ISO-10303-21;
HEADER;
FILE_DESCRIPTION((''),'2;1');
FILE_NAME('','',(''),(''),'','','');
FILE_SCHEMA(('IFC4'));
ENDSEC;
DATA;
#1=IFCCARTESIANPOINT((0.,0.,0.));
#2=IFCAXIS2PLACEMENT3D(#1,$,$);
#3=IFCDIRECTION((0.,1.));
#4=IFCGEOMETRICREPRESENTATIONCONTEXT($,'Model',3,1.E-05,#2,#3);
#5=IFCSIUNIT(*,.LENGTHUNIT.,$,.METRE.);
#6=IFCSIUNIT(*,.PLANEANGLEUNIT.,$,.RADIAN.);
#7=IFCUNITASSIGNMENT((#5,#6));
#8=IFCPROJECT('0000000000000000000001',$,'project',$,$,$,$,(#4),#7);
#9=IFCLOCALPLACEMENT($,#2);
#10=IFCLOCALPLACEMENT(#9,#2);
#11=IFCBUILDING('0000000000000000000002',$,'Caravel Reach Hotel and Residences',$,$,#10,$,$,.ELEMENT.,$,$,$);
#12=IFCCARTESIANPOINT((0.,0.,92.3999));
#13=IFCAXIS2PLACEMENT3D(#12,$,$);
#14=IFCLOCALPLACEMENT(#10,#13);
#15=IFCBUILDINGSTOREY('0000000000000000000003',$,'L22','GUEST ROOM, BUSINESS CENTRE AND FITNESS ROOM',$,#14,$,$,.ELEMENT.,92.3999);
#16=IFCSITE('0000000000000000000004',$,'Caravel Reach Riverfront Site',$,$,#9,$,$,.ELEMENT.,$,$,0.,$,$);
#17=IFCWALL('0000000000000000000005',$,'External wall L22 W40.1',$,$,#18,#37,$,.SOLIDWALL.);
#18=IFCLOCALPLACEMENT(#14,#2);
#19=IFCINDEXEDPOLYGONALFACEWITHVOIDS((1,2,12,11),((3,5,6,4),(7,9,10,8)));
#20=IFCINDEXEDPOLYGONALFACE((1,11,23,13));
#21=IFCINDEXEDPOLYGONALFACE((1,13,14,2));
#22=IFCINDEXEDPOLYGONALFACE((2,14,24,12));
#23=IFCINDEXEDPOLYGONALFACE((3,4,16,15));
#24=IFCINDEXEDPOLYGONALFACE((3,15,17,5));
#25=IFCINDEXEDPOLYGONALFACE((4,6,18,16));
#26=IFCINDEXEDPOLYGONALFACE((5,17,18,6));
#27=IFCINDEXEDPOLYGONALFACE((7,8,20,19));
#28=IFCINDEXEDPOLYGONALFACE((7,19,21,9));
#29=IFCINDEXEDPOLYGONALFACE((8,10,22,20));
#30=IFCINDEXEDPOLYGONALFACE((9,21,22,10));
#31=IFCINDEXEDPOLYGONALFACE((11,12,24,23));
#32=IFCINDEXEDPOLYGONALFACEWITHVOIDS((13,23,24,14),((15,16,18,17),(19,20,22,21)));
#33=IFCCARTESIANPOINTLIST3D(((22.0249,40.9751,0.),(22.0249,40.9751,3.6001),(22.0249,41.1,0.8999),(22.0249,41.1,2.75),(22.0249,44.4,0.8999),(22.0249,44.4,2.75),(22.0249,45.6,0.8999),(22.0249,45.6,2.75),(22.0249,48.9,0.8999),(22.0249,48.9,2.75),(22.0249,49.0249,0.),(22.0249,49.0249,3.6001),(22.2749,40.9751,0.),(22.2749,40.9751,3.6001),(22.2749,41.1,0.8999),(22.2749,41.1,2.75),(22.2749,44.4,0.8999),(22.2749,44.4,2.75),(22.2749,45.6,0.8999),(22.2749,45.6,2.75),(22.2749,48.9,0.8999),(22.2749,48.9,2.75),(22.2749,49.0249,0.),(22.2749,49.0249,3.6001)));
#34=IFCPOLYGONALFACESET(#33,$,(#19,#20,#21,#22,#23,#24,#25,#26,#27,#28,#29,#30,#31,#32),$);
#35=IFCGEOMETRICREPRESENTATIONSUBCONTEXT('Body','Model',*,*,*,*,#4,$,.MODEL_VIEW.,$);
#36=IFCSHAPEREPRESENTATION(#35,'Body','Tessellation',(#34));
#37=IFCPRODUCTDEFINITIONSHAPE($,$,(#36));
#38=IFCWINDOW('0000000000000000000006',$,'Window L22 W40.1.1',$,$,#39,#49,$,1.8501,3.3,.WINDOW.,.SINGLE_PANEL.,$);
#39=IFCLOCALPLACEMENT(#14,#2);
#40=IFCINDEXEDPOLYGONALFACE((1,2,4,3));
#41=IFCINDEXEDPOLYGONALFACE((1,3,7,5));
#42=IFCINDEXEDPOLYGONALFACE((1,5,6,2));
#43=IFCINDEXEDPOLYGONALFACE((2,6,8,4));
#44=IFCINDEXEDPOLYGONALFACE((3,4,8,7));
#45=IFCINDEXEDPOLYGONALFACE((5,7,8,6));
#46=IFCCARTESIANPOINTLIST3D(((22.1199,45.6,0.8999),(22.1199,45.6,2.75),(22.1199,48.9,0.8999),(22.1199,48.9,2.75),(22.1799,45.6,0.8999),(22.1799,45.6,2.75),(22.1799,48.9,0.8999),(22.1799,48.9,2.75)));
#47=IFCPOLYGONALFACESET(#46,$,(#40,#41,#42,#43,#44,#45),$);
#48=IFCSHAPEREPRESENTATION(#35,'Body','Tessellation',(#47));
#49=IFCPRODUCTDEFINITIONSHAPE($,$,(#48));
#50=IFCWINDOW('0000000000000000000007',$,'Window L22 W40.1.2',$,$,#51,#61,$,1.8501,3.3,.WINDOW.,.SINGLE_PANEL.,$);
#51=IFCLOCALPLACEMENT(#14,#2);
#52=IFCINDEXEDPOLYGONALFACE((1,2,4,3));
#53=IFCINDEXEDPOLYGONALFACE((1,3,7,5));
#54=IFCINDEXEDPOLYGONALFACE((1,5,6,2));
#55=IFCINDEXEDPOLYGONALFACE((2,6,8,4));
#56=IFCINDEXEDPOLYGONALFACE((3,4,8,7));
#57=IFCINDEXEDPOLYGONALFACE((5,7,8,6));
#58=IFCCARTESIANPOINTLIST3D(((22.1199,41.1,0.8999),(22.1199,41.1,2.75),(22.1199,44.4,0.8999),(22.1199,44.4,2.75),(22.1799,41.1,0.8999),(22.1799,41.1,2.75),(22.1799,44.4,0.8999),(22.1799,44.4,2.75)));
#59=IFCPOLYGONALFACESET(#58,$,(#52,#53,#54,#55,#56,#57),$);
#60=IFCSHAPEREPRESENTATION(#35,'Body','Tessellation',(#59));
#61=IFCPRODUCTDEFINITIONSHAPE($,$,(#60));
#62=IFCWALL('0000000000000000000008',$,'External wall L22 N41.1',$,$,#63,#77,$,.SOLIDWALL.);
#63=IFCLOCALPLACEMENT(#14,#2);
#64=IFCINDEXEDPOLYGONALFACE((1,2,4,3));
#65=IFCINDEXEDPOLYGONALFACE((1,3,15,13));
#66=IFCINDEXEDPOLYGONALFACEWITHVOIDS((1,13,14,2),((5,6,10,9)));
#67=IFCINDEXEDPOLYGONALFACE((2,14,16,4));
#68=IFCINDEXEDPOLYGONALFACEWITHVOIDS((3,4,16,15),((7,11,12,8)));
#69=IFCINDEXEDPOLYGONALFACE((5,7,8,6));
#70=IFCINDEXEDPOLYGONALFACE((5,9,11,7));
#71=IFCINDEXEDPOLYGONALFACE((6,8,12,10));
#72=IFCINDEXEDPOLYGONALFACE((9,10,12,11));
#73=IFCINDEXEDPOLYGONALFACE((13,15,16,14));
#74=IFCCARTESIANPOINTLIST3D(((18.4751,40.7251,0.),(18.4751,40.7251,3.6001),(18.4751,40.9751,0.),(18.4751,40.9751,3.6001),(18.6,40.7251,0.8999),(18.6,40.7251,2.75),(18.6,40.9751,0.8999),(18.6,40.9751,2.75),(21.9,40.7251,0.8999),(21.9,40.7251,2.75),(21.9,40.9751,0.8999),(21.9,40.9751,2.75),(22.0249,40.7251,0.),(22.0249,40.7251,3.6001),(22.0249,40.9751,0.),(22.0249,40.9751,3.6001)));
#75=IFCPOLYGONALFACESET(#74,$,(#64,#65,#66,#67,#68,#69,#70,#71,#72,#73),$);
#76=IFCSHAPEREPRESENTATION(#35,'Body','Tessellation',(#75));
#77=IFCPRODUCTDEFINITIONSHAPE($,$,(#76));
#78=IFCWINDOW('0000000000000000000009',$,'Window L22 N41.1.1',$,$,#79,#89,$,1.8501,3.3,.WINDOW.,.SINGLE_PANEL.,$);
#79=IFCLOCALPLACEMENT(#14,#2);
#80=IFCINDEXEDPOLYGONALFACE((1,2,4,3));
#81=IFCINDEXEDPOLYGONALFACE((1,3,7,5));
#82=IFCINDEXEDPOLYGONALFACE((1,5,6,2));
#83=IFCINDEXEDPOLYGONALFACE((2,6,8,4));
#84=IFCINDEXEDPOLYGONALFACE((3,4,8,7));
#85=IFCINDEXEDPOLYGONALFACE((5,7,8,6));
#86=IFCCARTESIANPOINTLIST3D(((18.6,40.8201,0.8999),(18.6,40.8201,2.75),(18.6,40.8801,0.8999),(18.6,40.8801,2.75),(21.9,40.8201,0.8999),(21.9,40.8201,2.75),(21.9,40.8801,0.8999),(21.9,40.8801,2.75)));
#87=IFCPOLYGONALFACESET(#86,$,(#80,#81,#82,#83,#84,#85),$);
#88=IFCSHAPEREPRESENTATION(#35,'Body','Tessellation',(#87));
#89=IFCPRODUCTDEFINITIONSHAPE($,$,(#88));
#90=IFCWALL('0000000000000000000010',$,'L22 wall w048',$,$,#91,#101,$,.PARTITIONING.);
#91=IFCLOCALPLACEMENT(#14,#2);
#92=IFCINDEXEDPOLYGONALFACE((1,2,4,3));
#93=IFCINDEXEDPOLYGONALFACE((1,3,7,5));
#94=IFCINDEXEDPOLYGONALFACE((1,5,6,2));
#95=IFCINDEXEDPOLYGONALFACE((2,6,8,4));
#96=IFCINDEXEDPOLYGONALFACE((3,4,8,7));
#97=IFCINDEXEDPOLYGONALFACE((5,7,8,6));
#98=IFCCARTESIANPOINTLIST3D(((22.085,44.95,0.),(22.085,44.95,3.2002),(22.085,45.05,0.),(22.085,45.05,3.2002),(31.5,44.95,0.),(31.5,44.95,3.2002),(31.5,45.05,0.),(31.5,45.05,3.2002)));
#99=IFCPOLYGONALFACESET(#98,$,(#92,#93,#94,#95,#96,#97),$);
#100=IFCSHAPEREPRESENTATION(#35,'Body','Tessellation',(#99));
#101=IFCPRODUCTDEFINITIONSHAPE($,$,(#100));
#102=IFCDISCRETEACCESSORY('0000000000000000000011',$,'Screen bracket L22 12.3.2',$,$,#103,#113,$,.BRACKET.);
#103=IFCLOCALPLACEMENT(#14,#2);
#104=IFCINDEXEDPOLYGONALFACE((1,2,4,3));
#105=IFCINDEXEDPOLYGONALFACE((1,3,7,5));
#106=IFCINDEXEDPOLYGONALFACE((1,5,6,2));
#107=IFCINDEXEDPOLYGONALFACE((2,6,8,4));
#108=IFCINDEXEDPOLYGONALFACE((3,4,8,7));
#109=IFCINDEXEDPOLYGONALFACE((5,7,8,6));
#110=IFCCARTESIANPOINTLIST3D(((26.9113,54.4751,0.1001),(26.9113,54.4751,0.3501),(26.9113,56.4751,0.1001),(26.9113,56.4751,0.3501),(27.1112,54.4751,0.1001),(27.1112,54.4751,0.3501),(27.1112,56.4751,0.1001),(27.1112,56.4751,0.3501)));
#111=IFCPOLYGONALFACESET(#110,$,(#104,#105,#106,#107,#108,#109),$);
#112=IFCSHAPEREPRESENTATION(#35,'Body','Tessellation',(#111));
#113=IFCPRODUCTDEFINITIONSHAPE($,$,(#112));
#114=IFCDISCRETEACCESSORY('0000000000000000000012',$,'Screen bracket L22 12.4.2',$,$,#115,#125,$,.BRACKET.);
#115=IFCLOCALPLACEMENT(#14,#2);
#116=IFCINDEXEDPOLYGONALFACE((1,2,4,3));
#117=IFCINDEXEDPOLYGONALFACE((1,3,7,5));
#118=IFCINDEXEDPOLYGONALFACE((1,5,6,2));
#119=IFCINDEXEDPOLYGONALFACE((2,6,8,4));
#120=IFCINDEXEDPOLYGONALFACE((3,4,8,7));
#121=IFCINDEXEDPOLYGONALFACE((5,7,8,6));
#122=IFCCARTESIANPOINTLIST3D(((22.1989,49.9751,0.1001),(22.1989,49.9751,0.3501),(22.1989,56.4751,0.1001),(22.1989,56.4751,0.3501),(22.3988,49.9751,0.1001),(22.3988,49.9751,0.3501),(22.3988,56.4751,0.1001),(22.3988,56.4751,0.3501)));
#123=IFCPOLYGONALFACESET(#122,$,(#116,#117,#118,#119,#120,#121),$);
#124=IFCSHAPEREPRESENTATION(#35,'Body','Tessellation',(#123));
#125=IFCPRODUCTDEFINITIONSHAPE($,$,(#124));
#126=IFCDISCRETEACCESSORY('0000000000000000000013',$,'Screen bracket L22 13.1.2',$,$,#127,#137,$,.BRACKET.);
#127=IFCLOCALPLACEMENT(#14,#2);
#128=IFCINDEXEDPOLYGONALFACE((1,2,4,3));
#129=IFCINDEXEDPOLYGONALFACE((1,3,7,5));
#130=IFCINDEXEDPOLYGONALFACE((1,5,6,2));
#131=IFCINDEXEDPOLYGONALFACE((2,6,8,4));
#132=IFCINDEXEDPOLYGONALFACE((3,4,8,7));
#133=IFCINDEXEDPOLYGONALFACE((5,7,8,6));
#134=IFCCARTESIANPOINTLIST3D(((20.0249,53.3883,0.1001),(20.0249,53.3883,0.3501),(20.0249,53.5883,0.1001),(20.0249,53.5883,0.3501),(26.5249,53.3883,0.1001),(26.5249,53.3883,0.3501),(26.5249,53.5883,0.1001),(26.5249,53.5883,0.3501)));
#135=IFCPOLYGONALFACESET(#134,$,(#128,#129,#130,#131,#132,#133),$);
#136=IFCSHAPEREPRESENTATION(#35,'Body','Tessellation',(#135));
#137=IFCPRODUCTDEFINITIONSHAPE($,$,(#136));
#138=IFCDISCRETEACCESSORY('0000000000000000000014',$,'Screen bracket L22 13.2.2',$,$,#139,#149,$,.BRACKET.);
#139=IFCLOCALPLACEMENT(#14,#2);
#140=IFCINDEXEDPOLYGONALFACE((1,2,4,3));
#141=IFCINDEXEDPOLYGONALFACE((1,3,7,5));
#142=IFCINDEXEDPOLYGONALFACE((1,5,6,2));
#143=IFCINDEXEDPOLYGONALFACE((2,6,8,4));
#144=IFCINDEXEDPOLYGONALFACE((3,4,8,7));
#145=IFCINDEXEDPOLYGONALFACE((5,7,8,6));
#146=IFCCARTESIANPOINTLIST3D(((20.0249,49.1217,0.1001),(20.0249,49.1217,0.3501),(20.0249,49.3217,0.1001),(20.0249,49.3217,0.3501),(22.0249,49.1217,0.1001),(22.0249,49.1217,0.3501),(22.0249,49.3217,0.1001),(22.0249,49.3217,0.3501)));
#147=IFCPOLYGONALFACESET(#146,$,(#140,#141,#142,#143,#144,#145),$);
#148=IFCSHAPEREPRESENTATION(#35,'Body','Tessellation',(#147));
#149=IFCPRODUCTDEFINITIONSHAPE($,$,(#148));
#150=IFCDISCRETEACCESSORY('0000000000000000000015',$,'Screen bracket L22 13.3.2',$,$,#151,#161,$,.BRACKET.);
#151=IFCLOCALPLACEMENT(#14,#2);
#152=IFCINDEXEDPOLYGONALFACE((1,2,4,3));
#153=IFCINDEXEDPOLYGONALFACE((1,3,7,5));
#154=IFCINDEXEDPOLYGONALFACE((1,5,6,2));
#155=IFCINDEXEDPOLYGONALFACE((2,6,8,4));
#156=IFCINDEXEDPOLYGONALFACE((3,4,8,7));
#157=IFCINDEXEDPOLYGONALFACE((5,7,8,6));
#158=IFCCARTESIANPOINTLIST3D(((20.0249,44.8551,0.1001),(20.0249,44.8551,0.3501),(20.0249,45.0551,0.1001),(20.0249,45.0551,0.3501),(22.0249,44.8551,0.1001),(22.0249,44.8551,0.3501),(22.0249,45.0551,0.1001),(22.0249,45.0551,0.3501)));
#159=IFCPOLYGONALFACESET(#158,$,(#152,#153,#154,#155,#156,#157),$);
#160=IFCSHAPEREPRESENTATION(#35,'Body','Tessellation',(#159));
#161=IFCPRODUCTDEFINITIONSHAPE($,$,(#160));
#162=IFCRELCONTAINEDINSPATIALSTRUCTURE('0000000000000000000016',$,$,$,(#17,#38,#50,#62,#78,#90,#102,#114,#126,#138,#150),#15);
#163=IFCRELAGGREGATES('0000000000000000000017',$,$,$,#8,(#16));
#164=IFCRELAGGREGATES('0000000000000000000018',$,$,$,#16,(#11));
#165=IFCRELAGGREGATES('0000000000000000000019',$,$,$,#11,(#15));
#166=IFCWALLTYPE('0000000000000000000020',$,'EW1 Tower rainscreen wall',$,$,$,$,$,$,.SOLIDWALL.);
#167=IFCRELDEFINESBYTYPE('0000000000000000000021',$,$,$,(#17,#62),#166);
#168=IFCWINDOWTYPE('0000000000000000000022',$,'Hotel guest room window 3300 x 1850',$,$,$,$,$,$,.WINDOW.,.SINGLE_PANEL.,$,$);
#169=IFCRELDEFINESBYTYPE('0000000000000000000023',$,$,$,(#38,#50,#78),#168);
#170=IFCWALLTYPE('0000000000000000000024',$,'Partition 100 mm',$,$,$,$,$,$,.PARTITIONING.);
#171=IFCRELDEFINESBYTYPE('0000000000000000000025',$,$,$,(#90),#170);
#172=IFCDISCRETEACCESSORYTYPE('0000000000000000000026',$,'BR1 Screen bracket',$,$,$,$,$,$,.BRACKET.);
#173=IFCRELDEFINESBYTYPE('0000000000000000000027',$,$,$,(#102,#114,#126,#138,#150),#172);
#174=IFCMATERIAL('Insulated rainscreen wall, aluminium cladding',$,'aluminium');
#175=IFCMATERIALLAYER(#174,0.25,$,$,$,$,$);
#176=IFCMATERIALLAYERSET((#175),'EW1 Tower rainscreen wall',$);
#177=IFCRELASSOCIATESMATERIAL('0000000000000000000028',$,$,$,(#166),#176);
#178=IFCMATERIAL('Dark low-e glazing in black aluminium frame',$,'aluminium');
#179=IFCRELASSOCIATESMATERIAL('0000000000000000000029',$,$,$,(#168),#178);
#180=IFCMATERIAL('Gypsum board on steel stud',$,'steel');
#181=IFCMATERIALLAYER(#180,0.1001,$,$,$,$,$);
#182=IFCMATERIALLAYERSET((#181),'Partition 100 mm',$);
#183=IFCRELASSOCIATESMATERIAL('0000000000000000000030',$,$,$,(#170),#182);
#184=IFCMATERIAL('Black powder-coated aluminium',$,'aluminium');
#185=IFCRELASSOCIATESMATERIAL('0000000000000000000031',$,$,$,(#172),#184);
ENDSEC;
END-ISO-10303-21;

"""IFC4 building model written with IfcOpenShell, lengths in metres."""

from ifc_helpers import new_model, si_unit, direction, frame, frame_2d, origin, origin_2d, place, context, subcontext, project, spatial, rectangle, extrude, material, layer, layer_set, type_object, element, fill, save


model = new_model("IFC4")

# Units and contexts
model_context = context("Model", 3, precision=1e-05, world=origin(), true_north=direction((0.0, 1.0)))
body_context = subcontext(model_context, "Body", "Model", "MODEL_VIEW")
ifc_project = project(units=[si_unit("LENGTHUNIT", "METRE"), si_unit("PLANEANGLEUNIT", "RADIAN")], contexts=[model_context])

# Site, building, storey
site_placement = place(None, origin())
site = spatial("IfcSite", under=ifc_project, at=site_placement, Name="Caravel Reach Riverfront Site", CompositionType="ELEMENT", RefElevation=0.0)
building_placement = place(site_placement, origin())
building = spatial("IfcBuilding", under=site, at=building_placement, Name="Caravel Reach Hotel and Residences", CompositionType="ELEMENT")
storey_placement = place(building_placement, frame((0.0, 0.0, 92.3999)))
storey = spatial("IfcBuildingStorey", under=building, at=storey_placement, Name="L22", Description="GUEST ROOM, BUSINESS CENTRE AND FITNESS ROOM", CompositionType="ELEMENT", Elevation=92.3999)

# Shared definitions
ifc_material_1 = material(Name="Insulated rainscreen wall, aluminium cladding", Category="aluminium")
ifc_layer_1 = layer(ifc_material_1, 0.25)
ifc_layer_set_1 = layer_set([ifc_layer_1], Name="EW1 Tower rainscreen wall")
wall_type_1 = type_object("IfcWallType", Name="EW1 Tower rainscreen wall", PredefinedType="SOLIDWALL", material=ifc_layer_set_1)

# Wall, openings, windows
wall_1_placement = place(storey_placement, frame((22.1499, 49.0249, 0.0), z_axis=(0.0, 0.0, 1.0), x_axis=(0.0, -1.0, 0.0)))
wall_1 = element("IfcWall", 1, at=wall_1_placement, inside=storey, type_object=wall_type_1, Name="External wall L22 W40.1", PredefinedType="SOLIDWALL", context=body_context, shape_type="SweptSolid", body=[
    extrude(rectangle(XDim=8.0498, YDim=0.25, at=frame_2d((4.0249, 0.0))), origin(), (0.0, 0.0, 1.0), 3.6001),
])
opening_1_placement = place(wall_1_placement, frame((0.125, 0.0, 0.8999)))
opening_1 = element("IfcOpeningElement", 2, at=opening_1_placement, cuts=wall_1, PredefinedType="OPENING", context=body_context, shape_type="SweptSolid", body=[
    extrude(rectangle(XDim=3.3, YDim=1.8501, at=frame_2d((1.6499, 0.925))), frame((0.0, 0.135, 0.0), z_axis=(0.0, -1.0, 0.0), x_axis=(1.0, 0.0, 0.0)), (0.0, 0.0, 1.0), 0.27),
])
opening_2_placement = place(wall_1_placement, frame((4.625, 0.0, 0.8999)))
opening_2 = element("IfcOpeningElement", 3, at=opening_2_placement, cuts=wall_1, PredefinedType="OPENING", context=body_context, shape_type="SweptSolid", body=[
    extrude(rectangle(XDim=3.3, YDim=1.8501, at=frame_2d((1.6499, 0.925))), frame((0.0, 0.135, 0.0), z_axis=(0.0, -1.0, 0.0), x_axis=(1.0, 0.0, 0.0)), (0.0, 0.0, 1.0), 0.27),
])
ifc_material_2 = material(Name="Dark low-e glazing in black aluminium frame", Category="aluminium")
window_type_1 = type_object("IfcWindowType", Name="Hotel guest room window 3300 x 1850", PartitioningType="SINGLE_PANEL", PredefinedType="WINDOW", material=ifc_material_2)
window_1_placement = place(opening_1_placement, origin())
window_1 = element("IfcWindow", 4, at=window_1_placement, inside=storey, type_object=window_type_1, Name="Window L22 W40.1.1", OverallHeight=1.8501, OverallWidth=3.3, PartitioningType="SINGLE_PANEL", PredefinedType="WINDOW", context=body_context, shape_type="SweptSolid", body=[
    extrude(rectangle(XDim=3.3, YDim=1.8501, at=frame_2d((1.6499, 0.925))), frame((0.0, 0.03, 0.0), z_axis=(0.0, -1.0, 0.0), x_axis=(1.0, 0.0, 0.0)), (0.0, 0.0, 1.0), 0.0601),
])
fill(opening_1, window_1)
window_2_placement = place(opening_2_placement, origin())
window_2 = element("IfcWindow", 5, at=window_2_placement, inside=storey, type_object=window_type_1, Name="Window L22 W40.1.2", OverallHeight=1.8501, OverallWidth=3.3, PartitioningType="SINGLE_PANEL", PredefinedType="WINDOW", context=body_context, shape_type="SweptSolid", body=[
    extrude(rectangle(XDim=3.3, YDim=1.8501, at=frame_2d((1.6499, 0.925))), frame((0.0, 0.03, 0.0), z_axis=(0.0, -1.0, 0.0), x_axis=(1.0, 0.0, 0.0)), (0.0, 0.0, 1.0), 0.0601),
])
fill(opening_2, window_2)

# Wall, opening, window
wall_2_placement = place(storey_placement, frame((22.0249, 40.8501, 0.0), z_axis=(0.0, 0.0, 1.0), x_axis=(-1.0, 0.0, 0.0)))
wall_2 = element("IfcWall", 6, at=wall_2_placement, inside=storey, type_object=wall_type_1, Name="External wall L22 N41.1", PredefinedType="SOLIDWALL", context=body_context, shape_type="SweptSolid", body=[
    extrude(rectangle(XDim=3.5498, YDim=0.25, at=frame_2d((1.7749, 0.0))), origin(), (0.0, 0.0, 1.0), 3.6001),
])
opening_3_placement = place(wall_2_placement, frame((0.125, 0.0, 0.8999)))
opening_3 = element("IfcOpeningElement", 7, at=opening_3_placement, cuts=wall_2, PredefinedType="OPENING", context=body_context, shape_type="SweptSolid", body=[
    extrude(rectangle(XDim=3.3, YDim=1.8501, at=frame_2d((1.6499, 0.925))), frame((0.0, 0.135, 0.0), z_axis=(0.0, -1.0, 0.0), x_axis=(1.0, 0.0, 0.0)), (0.0, 0.0, 1.0), 0.27),
])
window_3_placement = place(opening_3_placement, origin())
window_3 = element("IfcWindow", 8, at=window_3_placement, inside=storey, type_object=window_type_1, Name="Window L22 N41.1.1", OverallHeight=1.8501, OverallWidth=3.3, PartitioningType="SINGLE_PANEL", PredefinedType="WINDOW", context=body_context, shape_type="SweptSolid", body=[
    extrude(rectangle(XDim=3.3, YDim=1.8501, at=frame_2d((1.6499, 0.925))), frame((0.0, 0.03, 0.0), z_axis=(0.0, -1.0, 0.0), x_axis=(1.0, 0.0, 0.0)), (0.0, 0.0, 1.0), 0.0601),
])
fill(opening_3, window_3)

# Wall
ifc_material_3 = material(Name="Gypsum board on steel stud", Category="steel")
ifc_layer_2 = layer(ifc_material_3, 0.1001)
ifc_layer_set_2 = layer_set([ifc_layer_2], Name="Partition 100 mm")
wall_type_2 = type_object("IfcWallType", Name="Partition 100 mm", PredefinedType="PARTITIONING", material=ifc_layer_set_2)
wall_3_placement = place(storey_placement, frame((22.085, 45.0, 0.0), z_axis=(0.0, 0.0, 1.0), x_axis=(1.0, 0.0, 0.0)))
element("IfcWall", 9, at=wall_3_placement, inside=storey, type_object=wall_type_2, Name="L22 wall w048", PredefinedType="PARTITIONING", context=body_context, shape_type="SweptSolid", body=[
    extrude(rectangle(XDim=9.415, YDim=0.1001, at=frame_2d((4.7075, 0.0))), origin(), (0.0, 0.0, 1.0), 3.2002),
])

# Discrete accessories
ifc_material_4 = material(Name="Black powder-coated aluminium", Category="aluminium")
discrete_accessory_type = type_object("IfcDiscreteAccessoryType", Name="BR1 Screen bracket", PredefinedType="BRACKET", material=ifc_material_4)
discrete_accessory_placement = place(storey_placement, frame((27.0112, 55.4751, 0.1001), z_axis=(0.0, 0.0, 1.0), x_axis=(0.0, 1.0, 0.0)))
element("IfcDiscreteAccessory", 10, at=discrete_accessory_placement, inside=storey, type_object=discrete_accessory_type, Name="Screen bracket L22 12.3.2", PredefinedType="BRACKET", context=body_context, shape_type="SweptSolid", body=[
    extrude(rectangle(XDim=2.0, YDim=0.2, at=origin_2d()), origin(), (0.0, 0.0, 1.0), 0.25),
])
for number, where, z_axis, x_axis, name in (
    (11, (22.2988, 53.2251, 0.1001), (0.0, 0.0, 1.0), (0.0, 1.0, 0.0), "Screen bracket L22 12.4.2"),
    (12, (23.2749, 53.4883, 0.1001), (0.0, 0.0, 1.0), (-1.0, 0.0, 0.0), "Screen bracket L22 13.1.2"),
):
    element("IfcDiscreteAccessory", number, at=place(storey_placement, frame(where, z_axis=z_axis, x_axis=x_axis)), inside=storey, type_object=discrete_accessory_type, Name=name, PredefinedType="BRACKET", context=body_context, shape_type="SweptSolid", body=[
        extrude(rectangle(XDim=6.5, YDim=0.2, at=origin_2d()), origin(), (0.0, 0.0, 1.0), 0.25),
    ])
for number, where, z_axis, x_axis, name in (
    (13, (21.0249, 49.2217, 0.1001), (0.0, 0.0, 1.0), (-1.0, 0.0, 0.0), "Screen bracket L22 13.2.2"),
    (14, (21.0249, 44.9551, 0.1001), (0.0, 0.0, 1.0), (-1.0, 0.0, 0.0), "Screen bracket L22 13.3.2"),
):
    element("IfcDiscreteAccessory", number, at=place(storey_placement, frame(where, z_axis=z_axis, x_axis=x_axis)), inside=storey, type_object=discrete_accessory_type, Name=name, PredefinedType="BRACKET", context=body_context, shape_type="SweptSolid", body=[
        extrude(rectangle(XDim=2.0, YDim=0.2, at=origin_2d()), origin(), (0.0, 0.0, 1.0), 0.25),
    ])

save(model, "model.ifc")
